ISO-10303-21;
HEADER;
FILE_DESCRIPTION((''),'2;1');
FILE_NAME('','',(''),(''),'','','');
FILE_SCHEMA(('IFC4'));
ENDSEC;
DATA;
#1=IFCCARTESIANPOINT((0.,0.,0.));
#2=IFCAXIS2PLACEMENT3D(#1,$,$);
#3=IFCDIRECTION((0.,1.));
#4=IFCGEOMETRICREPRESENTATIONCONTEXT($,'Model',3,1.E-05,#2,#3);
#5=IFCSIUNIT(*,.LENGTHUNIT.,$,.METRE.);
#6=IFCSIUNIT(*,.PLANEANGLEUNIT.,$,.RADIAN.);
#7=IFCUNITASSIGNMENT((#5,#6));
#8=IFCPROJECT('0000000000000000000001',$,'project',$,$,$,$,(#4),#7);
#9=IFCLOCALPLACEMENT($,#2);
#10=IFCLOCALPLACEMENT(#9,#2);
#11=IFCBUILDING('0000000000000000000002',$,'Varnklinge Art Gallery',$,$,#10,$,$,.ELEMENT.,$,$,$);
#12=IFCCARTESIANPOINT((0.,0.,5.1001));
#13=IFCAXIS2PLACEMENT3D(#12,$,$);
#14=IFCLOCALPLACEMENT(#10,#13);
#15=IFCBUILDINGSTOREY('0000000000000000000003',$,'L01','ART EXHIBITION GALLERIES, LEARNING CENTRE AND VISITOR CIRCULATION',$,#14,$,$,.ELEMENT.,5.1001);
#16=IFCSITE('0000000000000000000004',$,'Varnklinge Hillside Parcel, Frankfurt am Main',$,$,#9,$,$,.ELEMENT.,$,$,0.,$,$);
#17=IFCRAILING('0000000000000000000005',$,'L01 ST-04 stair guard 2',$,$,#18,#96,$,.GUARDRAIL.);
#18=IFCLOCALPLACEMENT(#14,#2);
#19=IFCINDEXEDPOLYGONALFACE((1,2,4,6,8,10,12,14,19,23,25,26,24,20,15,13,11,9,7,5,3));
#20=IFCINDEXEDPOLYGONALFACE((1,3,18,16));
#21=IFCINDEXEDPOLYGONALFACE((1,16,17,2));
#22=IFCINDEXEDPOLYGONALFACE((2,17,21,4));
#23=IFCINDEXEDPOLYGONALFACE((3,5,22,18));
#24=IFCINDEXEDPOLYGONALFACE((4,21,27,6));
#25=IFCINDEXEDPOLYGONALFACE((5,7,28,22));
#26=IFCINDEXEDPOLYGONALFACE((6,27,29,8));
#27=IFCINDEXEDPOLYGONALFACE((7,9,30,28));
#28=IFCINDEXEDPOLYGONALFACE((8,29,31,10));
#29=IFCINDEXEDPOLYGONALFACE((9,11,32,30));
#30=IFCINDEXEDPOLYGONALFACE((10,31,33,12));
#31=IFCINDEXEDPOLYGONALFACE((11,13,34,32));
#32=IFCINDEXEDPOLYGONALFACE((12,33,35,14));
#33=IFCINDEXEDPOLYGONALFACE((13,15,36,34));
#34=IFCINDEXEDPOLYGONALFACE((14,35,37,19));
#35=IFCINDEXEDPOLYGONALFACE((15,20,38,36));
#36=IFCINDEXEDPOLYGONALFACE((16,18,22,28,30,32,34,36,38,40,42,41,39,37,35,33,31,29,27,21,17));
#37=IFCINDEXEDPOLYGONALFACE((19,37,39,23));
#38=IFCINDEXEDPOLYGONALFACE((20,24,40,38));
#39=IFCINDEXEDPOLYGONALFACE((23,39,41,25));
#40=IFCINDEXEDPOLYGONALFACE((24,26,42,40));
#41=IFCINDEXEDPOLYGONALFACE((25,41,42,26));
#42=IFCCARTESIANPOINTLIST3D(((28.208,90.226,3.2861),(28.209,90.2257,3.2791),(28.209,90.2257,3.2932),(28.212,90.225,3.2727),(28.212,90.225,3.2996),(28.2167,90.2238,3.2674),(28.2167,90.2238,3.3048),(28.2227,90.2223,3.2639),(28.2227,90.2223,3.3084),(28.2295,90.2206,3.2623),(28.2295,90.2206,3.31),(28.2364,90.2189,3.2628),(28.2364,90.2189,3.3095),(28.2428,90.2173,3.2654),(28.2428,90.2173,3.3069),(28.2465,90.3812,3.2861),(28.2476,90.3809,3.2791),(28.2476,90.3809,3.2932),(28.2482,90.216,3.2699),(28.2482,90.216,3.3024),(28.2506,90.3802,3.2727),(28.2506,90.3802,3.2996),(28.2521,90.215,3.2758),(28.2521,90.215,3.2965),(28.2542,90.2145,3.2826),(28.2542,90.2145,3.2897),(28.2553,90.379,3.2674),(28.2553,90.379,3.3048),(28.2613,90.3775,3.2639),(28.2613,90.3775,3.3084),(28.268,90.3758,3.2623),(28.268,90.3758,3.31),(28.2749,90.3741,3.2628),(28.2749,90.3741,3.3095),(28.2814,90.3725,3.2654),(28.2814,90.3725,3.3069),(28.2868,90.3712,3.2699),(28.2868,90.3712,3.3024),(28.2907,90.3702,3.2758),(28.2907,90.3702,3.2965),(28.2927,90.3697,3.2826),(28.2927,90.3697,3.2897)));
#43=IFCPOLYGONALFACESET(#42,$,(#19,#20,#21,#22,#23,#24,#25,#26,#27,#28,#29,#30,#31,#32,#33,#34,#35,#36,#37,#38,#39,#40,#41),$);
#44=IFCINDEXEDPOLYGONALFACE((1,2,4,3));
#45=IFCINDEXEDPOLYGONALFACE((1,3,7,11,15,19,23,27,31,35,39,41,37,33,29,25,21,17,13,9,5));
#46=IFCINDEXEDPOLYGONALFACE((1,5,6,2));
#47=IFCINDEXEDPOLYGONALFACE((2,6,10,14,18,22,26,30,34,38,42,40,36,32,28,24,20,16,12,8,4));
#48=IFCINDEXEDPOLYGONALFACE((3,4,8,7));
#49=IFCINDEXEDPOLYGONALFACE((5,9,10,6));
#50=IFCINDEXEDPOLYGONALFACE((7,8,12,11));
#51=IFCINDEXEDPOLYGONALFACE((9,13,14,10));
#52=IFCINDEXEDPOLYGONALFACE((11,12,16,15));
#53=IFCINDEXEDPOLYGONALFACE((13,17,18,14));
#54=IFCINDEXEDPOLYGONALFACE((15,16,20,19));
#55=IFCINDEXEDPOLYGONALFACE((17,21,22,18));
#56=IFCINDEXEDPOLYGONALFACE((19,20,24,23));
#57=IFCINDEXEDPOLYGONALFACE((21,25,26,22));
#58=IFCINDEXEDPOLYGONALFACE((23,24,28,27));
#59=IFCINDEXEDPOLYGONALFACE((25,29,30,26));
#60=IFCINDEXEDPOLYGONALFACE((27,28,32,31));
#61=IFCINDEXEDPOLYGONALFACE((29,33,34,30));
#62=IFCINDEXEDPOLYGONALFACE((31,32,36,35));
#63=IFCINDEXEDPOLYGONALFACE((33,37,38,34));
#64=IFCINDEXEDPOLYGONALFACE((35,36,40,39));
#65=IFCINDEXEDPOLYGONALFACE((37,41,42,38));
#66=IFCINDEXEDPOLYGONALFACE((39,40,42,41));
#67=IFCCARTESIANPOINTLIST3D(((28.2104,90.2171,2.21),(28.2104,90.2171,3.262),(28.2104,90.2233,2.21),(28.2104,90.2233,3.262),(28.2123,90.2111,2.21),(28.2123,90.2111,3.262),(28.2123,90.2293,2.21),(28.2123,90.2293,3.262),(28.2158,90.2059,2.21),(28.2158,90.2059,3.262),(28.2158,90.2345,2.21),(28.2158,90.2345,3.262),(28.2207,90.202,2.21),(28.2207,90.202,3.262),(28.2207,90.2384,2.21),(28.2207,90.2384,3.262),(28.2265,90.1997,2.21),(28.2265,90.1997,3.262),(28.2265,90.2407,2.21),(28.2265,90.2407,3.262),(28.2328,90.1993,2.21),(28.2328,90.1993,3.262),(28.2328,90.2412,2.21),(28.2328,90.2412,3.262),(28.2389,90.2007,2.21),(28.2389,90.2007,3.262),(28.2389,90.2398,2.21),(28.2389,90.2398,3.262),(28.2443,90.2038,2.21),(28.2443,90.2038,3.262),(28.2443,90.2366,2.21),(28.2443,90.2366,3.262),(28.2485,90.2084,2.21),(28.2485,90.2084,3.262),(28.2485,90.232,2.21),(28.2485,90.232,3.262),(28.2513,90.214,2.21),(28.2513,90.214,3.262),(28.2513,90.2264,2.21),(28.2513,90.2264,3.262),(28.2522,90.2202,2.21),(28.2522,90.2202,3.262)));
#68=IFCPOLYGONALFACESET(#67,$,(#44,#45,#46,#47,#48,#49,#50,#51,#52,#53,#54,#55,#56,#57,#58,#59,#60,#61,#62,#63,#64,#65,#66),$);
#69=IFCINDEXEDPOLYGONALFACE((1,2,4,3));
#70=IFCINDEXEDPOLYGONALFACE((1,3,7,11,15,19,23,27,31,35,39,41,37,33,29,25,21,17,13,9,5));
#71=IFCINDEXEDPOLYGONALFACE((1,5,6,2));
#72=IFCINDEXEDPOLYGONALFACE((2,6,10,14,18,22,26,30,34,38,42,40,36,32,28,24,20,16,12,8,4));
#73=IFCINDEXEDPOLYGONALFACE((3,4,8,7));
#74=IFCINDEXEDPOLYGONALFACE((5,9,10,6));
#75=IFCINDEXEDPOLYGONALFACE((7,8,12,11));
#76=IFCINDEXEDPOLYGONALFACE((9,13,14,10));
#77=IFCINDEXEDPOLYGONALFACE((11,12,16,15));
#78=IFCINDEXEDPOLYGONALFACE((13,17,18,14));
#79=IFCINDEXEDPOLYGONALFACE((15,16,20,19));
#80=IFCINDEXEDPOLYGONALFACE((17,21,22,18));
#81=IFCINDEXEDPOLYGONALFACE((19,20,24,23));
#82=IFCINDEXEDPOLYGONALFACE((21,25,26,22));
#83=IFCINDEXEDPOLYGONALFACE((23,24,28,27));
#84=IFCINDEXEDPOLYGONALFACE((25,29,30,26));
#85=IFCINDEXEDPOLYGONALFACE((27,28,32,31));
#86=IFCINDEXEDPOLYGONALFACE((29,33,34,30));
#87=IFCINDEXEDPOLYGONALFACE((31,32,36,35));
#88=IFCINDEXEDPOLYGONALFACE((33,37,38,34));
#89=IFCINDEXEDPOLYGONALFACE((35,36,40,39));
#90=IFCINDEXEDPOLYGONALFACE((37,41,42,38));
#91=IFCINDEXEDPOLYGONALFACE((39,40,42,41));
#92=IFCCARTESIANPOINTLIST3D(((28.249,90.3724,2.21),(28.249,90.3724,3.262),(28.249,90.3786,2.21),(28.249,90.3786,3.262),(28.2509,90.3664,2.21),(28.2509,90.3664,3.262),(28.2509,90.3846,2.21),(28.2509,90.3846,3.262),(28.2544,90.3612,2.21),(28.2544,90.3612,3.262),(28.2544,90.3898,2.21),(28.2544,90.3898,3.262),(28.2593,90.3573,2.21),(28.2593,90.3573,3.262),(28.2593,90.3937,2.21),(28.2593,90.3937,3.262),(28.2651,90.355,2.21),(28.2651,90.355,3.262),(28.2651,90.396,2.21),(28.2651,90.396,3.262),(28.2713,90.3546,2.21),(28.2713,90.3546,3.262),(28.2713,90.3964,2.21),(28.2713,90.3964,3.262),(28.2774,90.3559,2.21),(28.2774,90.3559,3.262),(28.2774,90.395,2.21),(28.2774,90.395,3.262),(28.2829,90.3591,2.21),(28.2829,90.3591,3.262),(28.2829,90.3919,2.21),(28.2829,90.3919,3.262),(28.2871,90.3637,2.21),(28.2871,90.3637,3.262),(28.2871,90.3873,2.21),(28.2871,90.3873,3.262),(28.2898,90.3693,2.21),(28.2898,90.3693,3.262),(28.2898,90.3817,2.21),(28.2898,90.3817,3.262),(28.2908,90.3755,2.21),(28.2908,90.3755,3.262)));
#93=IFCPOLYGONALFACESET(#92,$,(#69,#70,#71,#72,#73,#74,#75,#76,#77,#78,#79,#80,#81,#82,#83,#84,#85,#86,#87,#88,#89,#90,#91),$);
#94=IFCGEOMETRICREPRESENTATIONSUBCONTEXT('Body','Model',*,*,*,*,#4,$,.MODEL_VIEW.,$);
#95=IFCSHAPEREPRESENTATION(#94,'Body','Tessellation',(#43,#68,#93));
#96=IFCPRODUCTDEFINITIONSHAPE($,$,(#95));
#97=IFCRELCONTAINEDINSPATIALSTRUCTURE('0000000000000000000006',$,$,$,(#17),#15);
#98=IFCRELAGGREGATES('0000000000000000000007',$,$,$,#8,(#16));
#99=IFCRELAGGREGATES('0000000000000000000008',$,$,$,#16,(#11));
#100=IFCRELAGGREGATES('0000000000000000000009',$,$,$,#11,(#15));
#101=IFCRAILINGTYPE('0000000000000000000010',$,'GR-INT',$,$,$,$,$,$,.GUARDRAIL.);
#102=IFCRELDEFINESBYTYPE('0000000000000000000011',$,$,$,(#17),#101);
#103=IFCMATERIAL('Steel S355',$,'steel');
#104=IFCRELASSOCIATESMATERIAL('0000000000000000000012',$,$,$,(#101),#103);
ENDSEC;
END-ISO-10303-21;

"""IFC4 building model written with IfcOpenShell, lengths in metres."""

from ifc_helpers import new_model, si_unit, direction, frame, origin, origin_2d, place, context, subcontext, project, spatial, circle, extrude, material, type_object, element, save


model = new_model("IFC4")

# Units and contexts
model_context = context("Model", 3, precision=1e-05, world=origin(), true_north=direction((0.0, 1.0)))
body_context = subcontext(model_context, "Body", "Model", "MODEL_VIEW")
ifc_project = project(units=[si_unit("LENGTHUNIT", "METRE"), si_unit("PLANEANGLEUNIT", "RADIAN")], contexts=[model_context])

# Site, building, storey
site_placement = place(None, origin())
site = spatial("IfcSite", under=ifc_project, at=site_placement, Name="Varnklinge Hillside Parcel, Frankfurt am Main", CompositionType="ELEMENT", RefElevation=0.0)
building_placement = place(site_placement, origin())
building = spatial("IfcBuilding", under=site, at=building_placement, Name="Varnklinge Art Gallery", CompositionType="ELEMENT")
storey_placement = place(building_placement, frame((0.0, 0.0, 5.1001)))
storey = spatial("IfcBuildingStorey", under=building, at=storey_placement, Name="L01", Description="ART EXHIBITION GALLERIES, LEARNING CENTRE AND VISITOR CIRCULATION", CompositionType="ELEMENT", Elevation=5.1001)

# Railing
ifc_material_1 = material(Name="Steel S355", Category="steel")
railing_type_1 = type_object("IfcRailingType", Name="GR-INT", PredefinedType="GUARDRAIL", material=ifc_material_1)
railing_1_placement = place(storey_placement, frame((28.2312, 90.2202, 2.21)))
element("IfcRailing", 1, at=railing_1_placement, inside=storey, type_object=railing_type_1, Name="L01 ST-04 stair guard 2", PredefinedType="GUARDRAIL", context=body_context, shape_type="SweptSolid", body=[
    extrude(circle(Radius=0.0239, at=origin_2d()), frame((0.0, 0.0, 1.0762), z_axis=(0.241099, 0.9705, 0.0), x_axis=(-0.9705, 0.241099, 0.0)), (0.0, 0.0, 1.0), 0.1599),
    extrude(circle(Radius=0.021, at=origin_2d()), origin(), (0.0, 0.0, 1.0), 1.052),
    extrude(circle(Radius=0.021, at=origin_2d()), frame((0.0386, 0.1553, 0.0)), (0.0, 0.0, 1.0), 1.052),
])

save(model, "model.ifc")
